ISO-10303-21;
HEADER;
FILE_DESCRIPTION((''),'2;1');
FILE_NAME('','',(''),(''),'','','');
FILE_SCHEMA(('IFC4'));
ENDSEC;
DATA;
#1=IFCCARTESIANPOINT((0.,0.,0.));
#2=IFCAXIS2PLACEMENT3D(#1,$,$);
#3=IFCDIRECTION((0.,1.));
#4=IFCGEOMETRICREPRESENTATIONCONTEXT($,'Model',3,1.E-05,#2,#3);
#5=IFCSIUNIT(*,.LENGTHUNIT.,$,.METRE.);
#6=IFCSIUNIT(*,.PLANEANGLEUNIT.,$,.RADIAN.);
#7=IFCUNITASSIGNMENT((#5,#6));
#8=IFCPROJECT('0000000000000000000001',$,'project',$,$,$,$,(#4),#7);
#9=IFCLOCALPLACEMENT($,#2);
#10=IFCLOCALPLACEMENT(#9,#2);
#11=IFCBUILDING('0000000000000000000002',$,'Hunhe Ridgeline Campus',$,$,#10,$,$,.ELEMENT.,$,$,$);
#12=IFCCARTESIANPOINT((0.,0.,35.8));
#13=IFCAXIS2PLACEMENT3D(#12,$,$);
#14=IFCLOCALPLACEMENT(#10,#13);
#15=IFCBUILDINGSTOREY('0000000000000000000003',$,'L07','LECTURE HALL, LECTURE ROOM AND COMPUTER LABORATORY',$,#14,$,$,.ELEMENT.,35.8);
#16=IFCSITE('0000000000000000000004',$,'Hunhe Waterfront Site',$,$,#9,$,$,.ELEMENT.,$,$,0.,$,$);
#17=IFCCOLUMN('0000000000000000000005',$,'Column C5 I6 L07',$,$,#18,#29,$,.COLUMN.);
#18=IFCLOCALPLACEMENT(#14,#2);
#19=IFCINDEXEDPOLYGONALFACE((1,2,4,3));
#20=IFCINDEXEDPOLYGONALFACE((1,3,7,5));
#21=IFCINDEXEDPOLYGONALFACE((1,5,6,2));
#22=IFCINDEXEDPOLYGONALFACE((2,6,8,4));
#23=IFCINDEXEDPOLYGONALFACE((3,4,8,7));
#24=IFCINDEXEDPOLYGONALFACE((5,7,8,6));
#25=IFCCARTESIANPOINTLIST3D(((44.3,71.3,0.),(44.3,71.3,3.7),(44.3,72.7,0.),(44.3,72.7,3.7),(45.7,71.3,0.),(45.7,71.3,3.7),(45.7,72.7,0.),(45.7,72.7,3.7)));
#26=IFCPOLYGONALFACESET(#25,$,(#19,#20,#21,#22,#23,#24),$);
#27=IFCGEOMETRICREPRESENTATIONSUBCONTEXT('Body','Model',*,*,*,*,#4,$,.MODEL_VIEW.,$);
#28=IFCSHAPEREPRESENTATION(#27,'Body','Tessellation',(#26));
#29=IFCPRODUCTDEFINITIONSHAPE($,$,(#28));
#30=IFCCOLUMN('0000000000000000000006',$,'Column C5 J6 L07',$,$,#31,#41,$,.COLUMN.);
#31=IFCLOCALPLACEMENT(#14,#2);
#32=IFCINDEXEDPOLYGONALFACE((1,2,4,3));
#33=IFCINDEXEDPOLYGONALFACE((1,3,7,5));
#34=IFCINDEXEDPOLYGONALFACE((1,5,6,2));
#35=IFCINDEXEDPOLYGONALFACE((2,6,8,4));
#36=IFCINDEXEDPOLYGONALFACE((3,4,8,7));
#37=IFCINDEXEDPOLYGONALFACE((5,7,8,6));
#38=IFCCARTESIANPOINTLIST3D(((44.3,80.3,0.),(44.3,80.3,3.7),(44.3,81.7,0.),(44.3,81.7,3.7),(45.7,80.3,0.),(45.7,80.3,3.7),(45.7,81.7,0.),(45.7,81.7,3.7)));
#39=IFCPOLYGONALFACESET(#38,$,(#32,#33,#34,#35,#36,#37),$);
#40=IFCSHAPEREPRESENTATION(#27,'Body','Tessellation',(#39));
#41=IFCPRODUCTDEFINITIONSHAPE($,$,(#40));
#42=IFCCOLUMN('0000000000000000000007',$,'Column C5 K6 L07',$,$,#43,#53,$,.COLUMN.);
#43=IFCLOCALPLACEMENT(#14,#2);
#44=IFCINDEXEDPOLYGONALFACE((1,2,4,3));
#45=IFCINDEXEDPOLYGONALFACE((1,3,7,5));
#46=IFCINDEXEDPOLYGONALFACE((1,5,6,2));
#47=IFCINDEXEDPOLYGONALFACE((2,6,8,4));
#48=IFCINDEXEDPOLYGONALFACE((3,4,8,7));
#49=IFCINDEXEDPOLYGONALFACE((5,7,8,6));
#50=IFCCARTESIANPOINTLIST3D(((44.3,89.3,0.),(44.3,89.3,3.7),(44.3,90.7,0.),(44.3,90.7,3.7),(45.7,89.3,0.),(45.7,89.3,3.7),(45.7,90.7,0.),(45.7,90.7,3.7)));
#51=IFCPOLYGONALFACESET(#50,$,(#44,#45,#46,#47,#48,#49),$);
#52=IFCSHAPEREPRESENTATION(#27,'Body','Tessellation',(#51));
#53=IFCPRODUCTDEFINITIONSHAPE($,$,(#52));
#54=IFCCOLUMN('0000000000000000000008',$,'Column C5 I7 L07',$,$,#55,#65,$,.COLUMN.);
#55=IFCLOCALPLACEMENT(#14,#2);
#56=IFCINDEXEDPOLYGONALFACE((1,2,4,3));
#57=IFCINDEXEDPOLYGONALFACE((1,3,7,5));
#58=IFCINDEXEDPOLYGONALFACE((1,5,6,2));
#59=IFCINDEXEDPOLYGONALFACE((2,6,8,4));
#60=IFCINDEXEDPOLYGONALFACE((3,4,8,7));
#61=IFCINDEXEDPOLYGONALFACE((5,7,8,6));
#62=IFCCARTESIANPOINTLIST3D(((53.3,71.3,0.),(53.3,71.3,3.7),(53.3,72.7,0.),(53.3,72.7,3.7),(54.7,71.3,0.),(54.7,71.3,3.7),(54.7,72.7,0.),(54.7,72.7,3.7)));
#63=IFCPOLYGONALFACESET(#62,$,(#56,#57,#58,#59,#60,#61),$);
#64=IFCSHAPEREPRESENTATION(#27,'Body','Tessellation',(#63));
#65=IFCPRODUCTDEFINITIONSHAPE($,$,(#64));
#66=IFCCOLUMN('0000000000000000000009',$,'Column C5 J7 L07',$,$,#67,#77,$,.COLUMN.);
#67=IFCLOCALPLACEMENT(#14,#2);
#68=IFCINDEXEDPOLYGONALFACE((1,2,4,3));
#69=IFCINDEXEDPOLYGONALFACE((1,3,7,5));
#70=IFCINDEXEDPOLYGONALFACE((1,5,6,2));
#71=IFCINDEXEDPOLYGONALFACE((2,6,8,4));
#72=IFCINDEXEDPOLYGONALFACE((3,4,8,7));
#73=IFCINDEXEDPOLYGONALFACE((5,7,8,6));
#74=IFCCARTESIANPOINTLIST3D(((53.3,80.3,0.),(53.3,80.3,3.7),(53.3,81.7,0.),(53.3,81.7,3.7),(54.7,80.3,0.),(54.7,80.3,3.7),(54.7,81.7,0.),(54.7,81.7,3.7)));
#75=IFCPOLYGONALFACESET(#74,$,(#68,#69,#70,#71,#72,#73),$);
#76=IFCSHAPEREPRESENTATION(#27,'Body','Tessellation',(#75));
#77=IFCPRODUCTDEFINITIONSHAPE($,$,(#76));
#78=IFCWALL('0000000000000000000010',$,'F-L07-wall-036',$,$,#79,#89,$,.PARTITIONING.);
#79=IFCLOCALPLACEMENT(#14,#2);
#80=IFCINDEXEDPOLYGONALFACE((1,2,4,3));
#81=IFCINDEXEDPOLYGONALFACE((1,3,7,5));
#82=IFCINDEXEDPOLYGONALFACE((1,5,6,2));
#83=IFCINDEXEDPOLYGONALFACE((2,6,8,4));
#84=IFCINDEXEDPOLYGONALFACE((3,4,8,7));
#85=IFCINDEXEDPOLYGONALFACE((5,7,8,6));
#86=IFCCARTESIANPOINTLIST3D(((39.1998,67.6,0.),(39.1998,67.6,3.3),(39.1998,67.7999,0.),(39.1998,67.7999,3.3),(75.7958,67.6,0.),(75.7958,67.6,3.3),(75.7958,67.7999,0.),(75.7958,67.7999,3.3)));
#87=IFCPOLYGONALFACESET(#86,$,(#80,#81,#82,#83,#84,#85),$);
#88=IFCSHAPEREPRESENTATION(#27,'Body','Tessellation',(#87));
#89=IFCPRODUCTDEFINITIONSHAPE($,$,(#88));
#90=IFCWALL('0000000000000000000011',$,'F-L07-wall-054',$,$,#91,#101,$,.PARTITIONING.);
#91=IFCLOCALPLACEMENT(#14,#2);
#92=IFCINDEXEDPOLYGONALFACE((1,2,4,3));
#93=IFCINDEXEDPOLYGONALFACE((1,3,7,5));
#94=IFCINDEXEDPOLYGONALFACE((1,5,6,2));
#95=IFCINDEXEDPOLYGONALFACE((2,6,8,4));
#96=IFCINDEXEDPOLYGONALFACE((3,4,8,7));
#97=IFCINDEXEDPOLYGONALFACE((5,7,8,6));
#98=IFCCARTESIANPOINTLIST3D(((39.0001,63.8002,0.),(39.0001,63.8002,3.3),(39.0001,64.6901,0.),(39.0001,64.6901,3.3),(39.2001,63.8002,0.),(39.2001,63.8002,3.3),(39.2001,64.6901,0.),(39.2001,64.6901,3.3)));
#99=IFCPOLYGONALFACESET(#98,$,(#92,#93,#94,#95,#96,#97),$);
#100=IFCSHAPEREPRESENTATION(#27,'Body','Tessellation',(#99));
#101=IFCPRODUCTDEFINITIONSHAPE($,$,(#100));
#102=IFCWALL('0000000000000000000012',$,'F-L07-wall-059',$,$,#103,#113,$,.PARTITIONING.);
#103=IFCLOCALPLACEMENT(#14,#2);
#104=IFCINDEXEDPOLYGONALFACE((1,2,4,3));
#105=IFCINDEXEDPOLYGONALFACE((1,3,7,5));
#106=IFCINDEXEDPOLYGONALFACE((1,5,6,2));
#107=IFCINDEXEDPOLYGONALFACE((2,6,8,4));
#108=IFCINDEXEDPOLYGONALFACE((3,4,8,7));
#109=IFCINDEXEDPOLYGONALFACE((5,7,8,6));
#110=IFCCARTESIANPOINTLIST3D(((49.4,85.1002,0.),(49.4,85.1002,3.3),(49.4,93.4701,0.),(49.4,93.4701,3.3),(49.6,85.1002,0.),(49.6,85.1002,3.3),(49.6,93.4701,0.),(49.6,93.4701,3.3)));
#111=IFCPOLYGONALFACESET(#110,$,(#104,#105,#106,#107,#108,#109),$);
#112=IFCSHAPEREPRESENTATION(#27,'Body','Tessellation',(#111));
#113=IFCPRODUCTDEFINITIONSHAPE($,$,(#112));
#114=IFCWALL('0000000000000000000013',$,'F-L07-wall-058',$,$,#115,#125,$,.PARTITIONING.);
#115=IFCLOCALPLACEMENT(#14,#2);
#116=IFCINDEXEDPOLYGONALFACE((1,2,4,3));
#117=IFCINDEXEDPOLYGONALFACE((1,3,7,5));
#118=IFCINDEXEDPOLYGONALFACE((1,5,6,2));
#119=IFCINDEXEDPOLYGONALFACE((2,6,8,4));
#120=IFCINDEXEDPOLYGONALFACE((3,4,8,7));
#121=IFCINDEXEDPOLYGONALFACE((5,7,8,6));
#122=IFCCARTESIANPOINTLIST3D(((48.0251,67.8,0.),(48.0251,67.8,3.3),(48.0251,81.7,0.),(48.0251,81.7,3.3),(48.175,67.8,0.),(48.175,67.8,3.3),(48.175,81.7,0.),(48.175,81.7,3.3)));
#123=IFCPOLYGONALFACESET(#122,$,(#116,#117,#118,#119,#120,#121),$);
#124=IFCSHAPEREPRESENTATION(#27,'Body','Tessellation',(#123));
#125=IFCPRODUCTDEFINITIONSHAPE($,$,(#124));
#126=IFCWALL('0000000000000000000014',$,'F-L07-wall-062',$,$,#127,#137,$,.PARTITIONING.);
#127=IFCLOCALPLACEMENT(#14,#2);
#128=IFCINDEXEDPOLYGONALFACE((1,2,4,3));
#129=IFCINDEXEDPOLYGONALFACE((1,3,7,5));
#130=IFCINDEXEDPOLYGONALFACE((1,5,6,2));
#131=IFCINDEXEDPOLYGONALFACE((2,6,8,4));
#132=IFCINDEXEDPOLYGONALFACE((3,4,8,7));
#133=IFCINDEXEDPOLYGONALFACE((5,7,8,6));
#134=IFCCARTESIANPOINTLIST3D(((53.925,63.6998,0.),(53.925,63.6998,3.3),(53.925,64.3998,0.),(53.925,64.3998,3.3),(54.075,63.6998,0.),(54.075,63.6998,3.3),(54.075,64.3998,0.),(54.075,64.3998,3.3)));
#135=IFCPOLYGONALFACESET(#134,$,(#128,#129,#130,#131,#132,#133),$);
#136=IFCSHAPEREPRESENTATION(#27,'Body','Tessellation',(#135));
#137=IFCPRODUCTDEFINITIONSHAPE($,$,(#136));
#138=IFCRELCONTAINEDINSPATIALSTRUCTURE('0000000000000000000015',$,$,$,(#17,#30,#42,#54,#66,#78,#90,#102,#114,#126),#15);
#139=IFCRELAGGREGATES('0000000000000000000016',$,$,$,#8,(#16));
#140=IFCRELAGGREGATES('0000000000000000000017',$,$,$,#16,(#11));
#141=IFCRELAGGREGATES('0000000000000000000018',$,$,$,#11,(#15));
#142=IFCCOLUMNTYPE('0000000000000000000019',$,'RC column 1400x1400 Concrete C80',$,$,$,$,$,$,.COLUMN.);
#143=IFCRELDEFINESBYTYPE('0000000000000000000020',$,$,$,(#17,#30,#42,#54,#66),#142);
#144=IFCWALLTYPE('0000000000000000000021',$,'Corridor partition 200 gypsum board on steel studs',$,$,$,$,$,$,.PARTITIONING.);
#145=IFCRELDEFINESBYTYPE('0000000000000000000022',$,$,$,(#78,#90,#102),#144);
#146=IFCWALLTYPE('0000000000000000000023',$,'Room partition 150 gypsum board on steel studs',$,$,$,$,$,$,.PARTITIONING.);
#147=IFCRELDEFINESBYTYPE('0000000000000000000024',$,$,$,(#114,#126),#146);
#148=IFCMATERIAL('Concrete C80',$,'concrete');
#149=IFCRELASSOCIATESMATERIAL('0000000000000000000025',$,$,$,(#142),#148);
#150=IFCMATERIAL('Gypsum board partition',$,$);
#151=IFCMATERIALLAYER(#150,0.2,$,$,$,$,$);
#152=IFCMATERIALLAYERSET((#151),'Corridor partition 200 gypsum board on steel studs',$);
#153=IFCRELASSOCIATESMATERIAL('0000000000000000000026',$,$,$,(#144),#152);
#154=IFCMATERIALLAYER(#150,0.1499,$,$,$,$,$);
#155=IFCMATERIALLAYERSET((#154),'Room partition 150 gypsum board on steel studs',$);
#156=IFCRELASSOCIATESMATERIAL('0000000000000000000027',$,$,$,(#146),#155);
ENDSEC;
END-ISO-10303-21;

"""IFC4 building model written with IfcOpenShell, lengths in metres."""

from ifc_helpers import new_model, si_unit, direction, frame, frame_2d, origin, origin_2d, place, context, subcontext, project, spatial, rectangle, extrude, material, layer, layer_set, material_profile, profile_set, type_object, element, save


model = new_model("IFC4")

# Units and contexts
model_context = context("Model", 3, precision=1e-05, world=origin(), true_north=direction((0.0, 1.0)))
body_context = subcontext(model_context, "Body", "Model", "MODEL_VIEW")
ifc_project = project(units=[si_unit("LENGTHUNIT", "METRE"), si_unit("PLANEANGLEUNIT", "RADIAN")], contexts=[model_context])

# Site, building, storey
site_placement = place(None, origin())
site = spatial("IfcSite", under=ifc_project, at=site_placement, Name="Hunhe Waterfront Site", CompositionType="ELEMENT", RefElevation=0.0)
building_placement = place(site_placement, origin())
building = spatial("IfcBuilding", under=site, at=building_placement, Name="Hunhe Ridgeline Campus", CompositionType="ELEMENT")
storey_placement = place(building_placement, frame((0.0, 0.0, 35.8)))
storey = spatial("IfcBuildingStorey", under=building, at=storey_placement, Name="L07", Description="LECTURE HALL, LECTURE ROOM AND COMPUTER LABORATORY", CompositionType="ELEMENT", Elevation=35.8)

# Columns
ifc_material_1 = material(Name="Concrete C80", Category="concrete")
ifc_material_profile = material_profile(ifc_material_1, rectangle(XDim=1.3999, YDim=1.3999, at=origin_2d()))
ifc_profile_set = profile_set([ifc_material_profile], Name="Concrete C80")
column_type = type_object("IfcColumnType", Name="RC column 1400x1400 Concrete C80", PredefinedType="COLUMN", material=ifc_profile_set)
for number, where, z_axis, x_axis, name in (
    (1, (45.0, 72.0, 0.0), (0.0, 0.0, 1.0), (1.0, 0.0, 0.0), "Column C5 I6 L07"),
    (2, (45.0, 81.0, 0.0), (0.0, 0.0, 1.0), (1.0, 0.0, 0.0), "Column C5 J6 L07"),
    (3, (45.0, 90.0, 0.0), (0.0, 0.0, 1.0), (1.0, 0.0, 0.0), "Column C5 K6 L07"),
    (4, (54.0, 72.0, 0.0), (0.0, 0.0, 1.0), (1.0, 0.0, 0.0), "Column C5 I7 L07"),
    (5, (54.0, 81.0, 0.0), (0.0, 0.0, 1.0), (1.0, 0.0, 0.0), "Column C5 J7 L07"),
):
    element("IfcColumn", number, at=place(storey_placement, frame(where, z_axis=z_axis, x_axis=x_axis)), inside=storey, type_object=column_type, Name=name, PredefinedType="COLUMN", context=body_context, shape_type="SweptSolid", body=[
        extrude(rectangle(XDim=1.3999, YDim=1.3999, at=origin_2d()), origin(), (0.0, 0.0, 1.0), 3.7),
    ])

# Wall
ifc_material_2 = material(Name="Gypsum board partition")
ifc_layer_1 = layer(ifc_material_2, 0.2)
ifc_layer_set_1 = layer_set([ifc_layer_1], Name="Corridor partition 200 gypsum board on steel studs")
wall_type_1 = type_object("IfcWallType", Name="Corridor partition 200 gypsum board on steel studs", PredefinedType="PARTITIONING", material=ifc_layer_set_1)
wall_1_placement = place(storey_placement, frame((39.2, 67.7, 0.0), z_axis=(0.0, 0.0, 1.0), x_axis=(1.0, 0.0, 0.0)))
element("IfcWall", 6, at=wall_1_placement, inside=storey, type_object=wall_type_1, Name="F-L07-wall-036", PredefinedType="PARTITIONING", context=body_context, shape_type="SweptSolid", body=[
    extrude(rectangle(XDim=36.5959, YDim=0.2, at=frame_2d((18.2979, 0.0))), origin(), (0.0, 0.0, 1.0), 3.3),
])

# Wall
wall_2_placement = place(storey_placement, frame((39.1001, 64.6899, 0.0), z_axis=(0.0, 0.0, 1.0), x_axis=(0.0, -1.0, 0.0)))
element("IfcWall", 7, at=wall_2_placement, inside=storey, type_object=wall_type_1, Name="F-L07-wall-054", PredefinedType="PARTITIONING", context=body_context, shape_type="SweptSolid", body=[
    extrude(rectangle(XDim=0.8899, YDim=0.2, at=frame_2d((0.4448, 0.0))), origin(), (0.0, 0.0, 1.0), 3.3),
])

# Walls
wall_3_placement = place(storey_placement, frame((49.5, 85.1001, 0.0), z_axis=(0.0, 0.0, 1.0), x_axis=(0.0, 1.0, 0.0)))
element("IfcWall", 8, at=wall_3_placement, inside=storey, type_object=wall_type_1, Name="F-L07-wall-059", PredefinedType="PARTITIONING", context=body_context, shape_type="SweptSolid", body=[
    extrude(rectangle(XDim=8.3699, YDim=0.2, at=frame_2d((4.1851, 0.0))), origin(), (0.0, 0.0, 1.0), 3.3),
])
ifc_layer_2 = layer(ifc_material_2, 0.1499)
ifc_layer_set_2 = layer_set([ifc_layer_2], Name="Room partition 150 gypsum board on steel studs")
wall_type_2 = type_object("IfcWallType", Name="Room partition 150 gypsum board on steel studs", PredefinedType="PARTITIONING", material=ifc_layer_set_2)
wall_4_placement = place(storey_placement, frame((48.1001, 81.7, 0.0), z_axis=(0.0, 0.0, 1.0), x_axis=(0.0, -1.0, 0.0)))
element("IfcWall", 9, at=wall_4_placement, inside=storey, type_object=wall_type_2, Name="F-L07-wall-058", PredefinedType="PARTITIONING", context=body_context, shape_type="SweptSolid", body=[
    extrude(rectangle(XDim=13.8999, YDim=0.1499, at=frame_2d((6.95, 0.0))), origin(), (0.0, 0.0, 1.0), 3.3),
])
wall_5_placement = place(storey_placement, frame((54.0, 64.3999, 0.0), z_axis=(0.0, 0.0, 1.0), x_axis=(0.0, -1.0, 0.0)))
element("IfcWall", 10, at=wall_5_placement, inside=storey, type_object=wall_type_2, Name="F-L07-wall-062", PredefinedType="PARTITIONING", context=body_context, shape_type="SweptSolid", body=[
    extrude(rectangle(XDim=0.7, YDim=0.1499, at=frame_2d((0.3501, 0.0))), origin(), (0.0, 0.0, 1.0), 3.3),
])

save(model, "model.ifc")
